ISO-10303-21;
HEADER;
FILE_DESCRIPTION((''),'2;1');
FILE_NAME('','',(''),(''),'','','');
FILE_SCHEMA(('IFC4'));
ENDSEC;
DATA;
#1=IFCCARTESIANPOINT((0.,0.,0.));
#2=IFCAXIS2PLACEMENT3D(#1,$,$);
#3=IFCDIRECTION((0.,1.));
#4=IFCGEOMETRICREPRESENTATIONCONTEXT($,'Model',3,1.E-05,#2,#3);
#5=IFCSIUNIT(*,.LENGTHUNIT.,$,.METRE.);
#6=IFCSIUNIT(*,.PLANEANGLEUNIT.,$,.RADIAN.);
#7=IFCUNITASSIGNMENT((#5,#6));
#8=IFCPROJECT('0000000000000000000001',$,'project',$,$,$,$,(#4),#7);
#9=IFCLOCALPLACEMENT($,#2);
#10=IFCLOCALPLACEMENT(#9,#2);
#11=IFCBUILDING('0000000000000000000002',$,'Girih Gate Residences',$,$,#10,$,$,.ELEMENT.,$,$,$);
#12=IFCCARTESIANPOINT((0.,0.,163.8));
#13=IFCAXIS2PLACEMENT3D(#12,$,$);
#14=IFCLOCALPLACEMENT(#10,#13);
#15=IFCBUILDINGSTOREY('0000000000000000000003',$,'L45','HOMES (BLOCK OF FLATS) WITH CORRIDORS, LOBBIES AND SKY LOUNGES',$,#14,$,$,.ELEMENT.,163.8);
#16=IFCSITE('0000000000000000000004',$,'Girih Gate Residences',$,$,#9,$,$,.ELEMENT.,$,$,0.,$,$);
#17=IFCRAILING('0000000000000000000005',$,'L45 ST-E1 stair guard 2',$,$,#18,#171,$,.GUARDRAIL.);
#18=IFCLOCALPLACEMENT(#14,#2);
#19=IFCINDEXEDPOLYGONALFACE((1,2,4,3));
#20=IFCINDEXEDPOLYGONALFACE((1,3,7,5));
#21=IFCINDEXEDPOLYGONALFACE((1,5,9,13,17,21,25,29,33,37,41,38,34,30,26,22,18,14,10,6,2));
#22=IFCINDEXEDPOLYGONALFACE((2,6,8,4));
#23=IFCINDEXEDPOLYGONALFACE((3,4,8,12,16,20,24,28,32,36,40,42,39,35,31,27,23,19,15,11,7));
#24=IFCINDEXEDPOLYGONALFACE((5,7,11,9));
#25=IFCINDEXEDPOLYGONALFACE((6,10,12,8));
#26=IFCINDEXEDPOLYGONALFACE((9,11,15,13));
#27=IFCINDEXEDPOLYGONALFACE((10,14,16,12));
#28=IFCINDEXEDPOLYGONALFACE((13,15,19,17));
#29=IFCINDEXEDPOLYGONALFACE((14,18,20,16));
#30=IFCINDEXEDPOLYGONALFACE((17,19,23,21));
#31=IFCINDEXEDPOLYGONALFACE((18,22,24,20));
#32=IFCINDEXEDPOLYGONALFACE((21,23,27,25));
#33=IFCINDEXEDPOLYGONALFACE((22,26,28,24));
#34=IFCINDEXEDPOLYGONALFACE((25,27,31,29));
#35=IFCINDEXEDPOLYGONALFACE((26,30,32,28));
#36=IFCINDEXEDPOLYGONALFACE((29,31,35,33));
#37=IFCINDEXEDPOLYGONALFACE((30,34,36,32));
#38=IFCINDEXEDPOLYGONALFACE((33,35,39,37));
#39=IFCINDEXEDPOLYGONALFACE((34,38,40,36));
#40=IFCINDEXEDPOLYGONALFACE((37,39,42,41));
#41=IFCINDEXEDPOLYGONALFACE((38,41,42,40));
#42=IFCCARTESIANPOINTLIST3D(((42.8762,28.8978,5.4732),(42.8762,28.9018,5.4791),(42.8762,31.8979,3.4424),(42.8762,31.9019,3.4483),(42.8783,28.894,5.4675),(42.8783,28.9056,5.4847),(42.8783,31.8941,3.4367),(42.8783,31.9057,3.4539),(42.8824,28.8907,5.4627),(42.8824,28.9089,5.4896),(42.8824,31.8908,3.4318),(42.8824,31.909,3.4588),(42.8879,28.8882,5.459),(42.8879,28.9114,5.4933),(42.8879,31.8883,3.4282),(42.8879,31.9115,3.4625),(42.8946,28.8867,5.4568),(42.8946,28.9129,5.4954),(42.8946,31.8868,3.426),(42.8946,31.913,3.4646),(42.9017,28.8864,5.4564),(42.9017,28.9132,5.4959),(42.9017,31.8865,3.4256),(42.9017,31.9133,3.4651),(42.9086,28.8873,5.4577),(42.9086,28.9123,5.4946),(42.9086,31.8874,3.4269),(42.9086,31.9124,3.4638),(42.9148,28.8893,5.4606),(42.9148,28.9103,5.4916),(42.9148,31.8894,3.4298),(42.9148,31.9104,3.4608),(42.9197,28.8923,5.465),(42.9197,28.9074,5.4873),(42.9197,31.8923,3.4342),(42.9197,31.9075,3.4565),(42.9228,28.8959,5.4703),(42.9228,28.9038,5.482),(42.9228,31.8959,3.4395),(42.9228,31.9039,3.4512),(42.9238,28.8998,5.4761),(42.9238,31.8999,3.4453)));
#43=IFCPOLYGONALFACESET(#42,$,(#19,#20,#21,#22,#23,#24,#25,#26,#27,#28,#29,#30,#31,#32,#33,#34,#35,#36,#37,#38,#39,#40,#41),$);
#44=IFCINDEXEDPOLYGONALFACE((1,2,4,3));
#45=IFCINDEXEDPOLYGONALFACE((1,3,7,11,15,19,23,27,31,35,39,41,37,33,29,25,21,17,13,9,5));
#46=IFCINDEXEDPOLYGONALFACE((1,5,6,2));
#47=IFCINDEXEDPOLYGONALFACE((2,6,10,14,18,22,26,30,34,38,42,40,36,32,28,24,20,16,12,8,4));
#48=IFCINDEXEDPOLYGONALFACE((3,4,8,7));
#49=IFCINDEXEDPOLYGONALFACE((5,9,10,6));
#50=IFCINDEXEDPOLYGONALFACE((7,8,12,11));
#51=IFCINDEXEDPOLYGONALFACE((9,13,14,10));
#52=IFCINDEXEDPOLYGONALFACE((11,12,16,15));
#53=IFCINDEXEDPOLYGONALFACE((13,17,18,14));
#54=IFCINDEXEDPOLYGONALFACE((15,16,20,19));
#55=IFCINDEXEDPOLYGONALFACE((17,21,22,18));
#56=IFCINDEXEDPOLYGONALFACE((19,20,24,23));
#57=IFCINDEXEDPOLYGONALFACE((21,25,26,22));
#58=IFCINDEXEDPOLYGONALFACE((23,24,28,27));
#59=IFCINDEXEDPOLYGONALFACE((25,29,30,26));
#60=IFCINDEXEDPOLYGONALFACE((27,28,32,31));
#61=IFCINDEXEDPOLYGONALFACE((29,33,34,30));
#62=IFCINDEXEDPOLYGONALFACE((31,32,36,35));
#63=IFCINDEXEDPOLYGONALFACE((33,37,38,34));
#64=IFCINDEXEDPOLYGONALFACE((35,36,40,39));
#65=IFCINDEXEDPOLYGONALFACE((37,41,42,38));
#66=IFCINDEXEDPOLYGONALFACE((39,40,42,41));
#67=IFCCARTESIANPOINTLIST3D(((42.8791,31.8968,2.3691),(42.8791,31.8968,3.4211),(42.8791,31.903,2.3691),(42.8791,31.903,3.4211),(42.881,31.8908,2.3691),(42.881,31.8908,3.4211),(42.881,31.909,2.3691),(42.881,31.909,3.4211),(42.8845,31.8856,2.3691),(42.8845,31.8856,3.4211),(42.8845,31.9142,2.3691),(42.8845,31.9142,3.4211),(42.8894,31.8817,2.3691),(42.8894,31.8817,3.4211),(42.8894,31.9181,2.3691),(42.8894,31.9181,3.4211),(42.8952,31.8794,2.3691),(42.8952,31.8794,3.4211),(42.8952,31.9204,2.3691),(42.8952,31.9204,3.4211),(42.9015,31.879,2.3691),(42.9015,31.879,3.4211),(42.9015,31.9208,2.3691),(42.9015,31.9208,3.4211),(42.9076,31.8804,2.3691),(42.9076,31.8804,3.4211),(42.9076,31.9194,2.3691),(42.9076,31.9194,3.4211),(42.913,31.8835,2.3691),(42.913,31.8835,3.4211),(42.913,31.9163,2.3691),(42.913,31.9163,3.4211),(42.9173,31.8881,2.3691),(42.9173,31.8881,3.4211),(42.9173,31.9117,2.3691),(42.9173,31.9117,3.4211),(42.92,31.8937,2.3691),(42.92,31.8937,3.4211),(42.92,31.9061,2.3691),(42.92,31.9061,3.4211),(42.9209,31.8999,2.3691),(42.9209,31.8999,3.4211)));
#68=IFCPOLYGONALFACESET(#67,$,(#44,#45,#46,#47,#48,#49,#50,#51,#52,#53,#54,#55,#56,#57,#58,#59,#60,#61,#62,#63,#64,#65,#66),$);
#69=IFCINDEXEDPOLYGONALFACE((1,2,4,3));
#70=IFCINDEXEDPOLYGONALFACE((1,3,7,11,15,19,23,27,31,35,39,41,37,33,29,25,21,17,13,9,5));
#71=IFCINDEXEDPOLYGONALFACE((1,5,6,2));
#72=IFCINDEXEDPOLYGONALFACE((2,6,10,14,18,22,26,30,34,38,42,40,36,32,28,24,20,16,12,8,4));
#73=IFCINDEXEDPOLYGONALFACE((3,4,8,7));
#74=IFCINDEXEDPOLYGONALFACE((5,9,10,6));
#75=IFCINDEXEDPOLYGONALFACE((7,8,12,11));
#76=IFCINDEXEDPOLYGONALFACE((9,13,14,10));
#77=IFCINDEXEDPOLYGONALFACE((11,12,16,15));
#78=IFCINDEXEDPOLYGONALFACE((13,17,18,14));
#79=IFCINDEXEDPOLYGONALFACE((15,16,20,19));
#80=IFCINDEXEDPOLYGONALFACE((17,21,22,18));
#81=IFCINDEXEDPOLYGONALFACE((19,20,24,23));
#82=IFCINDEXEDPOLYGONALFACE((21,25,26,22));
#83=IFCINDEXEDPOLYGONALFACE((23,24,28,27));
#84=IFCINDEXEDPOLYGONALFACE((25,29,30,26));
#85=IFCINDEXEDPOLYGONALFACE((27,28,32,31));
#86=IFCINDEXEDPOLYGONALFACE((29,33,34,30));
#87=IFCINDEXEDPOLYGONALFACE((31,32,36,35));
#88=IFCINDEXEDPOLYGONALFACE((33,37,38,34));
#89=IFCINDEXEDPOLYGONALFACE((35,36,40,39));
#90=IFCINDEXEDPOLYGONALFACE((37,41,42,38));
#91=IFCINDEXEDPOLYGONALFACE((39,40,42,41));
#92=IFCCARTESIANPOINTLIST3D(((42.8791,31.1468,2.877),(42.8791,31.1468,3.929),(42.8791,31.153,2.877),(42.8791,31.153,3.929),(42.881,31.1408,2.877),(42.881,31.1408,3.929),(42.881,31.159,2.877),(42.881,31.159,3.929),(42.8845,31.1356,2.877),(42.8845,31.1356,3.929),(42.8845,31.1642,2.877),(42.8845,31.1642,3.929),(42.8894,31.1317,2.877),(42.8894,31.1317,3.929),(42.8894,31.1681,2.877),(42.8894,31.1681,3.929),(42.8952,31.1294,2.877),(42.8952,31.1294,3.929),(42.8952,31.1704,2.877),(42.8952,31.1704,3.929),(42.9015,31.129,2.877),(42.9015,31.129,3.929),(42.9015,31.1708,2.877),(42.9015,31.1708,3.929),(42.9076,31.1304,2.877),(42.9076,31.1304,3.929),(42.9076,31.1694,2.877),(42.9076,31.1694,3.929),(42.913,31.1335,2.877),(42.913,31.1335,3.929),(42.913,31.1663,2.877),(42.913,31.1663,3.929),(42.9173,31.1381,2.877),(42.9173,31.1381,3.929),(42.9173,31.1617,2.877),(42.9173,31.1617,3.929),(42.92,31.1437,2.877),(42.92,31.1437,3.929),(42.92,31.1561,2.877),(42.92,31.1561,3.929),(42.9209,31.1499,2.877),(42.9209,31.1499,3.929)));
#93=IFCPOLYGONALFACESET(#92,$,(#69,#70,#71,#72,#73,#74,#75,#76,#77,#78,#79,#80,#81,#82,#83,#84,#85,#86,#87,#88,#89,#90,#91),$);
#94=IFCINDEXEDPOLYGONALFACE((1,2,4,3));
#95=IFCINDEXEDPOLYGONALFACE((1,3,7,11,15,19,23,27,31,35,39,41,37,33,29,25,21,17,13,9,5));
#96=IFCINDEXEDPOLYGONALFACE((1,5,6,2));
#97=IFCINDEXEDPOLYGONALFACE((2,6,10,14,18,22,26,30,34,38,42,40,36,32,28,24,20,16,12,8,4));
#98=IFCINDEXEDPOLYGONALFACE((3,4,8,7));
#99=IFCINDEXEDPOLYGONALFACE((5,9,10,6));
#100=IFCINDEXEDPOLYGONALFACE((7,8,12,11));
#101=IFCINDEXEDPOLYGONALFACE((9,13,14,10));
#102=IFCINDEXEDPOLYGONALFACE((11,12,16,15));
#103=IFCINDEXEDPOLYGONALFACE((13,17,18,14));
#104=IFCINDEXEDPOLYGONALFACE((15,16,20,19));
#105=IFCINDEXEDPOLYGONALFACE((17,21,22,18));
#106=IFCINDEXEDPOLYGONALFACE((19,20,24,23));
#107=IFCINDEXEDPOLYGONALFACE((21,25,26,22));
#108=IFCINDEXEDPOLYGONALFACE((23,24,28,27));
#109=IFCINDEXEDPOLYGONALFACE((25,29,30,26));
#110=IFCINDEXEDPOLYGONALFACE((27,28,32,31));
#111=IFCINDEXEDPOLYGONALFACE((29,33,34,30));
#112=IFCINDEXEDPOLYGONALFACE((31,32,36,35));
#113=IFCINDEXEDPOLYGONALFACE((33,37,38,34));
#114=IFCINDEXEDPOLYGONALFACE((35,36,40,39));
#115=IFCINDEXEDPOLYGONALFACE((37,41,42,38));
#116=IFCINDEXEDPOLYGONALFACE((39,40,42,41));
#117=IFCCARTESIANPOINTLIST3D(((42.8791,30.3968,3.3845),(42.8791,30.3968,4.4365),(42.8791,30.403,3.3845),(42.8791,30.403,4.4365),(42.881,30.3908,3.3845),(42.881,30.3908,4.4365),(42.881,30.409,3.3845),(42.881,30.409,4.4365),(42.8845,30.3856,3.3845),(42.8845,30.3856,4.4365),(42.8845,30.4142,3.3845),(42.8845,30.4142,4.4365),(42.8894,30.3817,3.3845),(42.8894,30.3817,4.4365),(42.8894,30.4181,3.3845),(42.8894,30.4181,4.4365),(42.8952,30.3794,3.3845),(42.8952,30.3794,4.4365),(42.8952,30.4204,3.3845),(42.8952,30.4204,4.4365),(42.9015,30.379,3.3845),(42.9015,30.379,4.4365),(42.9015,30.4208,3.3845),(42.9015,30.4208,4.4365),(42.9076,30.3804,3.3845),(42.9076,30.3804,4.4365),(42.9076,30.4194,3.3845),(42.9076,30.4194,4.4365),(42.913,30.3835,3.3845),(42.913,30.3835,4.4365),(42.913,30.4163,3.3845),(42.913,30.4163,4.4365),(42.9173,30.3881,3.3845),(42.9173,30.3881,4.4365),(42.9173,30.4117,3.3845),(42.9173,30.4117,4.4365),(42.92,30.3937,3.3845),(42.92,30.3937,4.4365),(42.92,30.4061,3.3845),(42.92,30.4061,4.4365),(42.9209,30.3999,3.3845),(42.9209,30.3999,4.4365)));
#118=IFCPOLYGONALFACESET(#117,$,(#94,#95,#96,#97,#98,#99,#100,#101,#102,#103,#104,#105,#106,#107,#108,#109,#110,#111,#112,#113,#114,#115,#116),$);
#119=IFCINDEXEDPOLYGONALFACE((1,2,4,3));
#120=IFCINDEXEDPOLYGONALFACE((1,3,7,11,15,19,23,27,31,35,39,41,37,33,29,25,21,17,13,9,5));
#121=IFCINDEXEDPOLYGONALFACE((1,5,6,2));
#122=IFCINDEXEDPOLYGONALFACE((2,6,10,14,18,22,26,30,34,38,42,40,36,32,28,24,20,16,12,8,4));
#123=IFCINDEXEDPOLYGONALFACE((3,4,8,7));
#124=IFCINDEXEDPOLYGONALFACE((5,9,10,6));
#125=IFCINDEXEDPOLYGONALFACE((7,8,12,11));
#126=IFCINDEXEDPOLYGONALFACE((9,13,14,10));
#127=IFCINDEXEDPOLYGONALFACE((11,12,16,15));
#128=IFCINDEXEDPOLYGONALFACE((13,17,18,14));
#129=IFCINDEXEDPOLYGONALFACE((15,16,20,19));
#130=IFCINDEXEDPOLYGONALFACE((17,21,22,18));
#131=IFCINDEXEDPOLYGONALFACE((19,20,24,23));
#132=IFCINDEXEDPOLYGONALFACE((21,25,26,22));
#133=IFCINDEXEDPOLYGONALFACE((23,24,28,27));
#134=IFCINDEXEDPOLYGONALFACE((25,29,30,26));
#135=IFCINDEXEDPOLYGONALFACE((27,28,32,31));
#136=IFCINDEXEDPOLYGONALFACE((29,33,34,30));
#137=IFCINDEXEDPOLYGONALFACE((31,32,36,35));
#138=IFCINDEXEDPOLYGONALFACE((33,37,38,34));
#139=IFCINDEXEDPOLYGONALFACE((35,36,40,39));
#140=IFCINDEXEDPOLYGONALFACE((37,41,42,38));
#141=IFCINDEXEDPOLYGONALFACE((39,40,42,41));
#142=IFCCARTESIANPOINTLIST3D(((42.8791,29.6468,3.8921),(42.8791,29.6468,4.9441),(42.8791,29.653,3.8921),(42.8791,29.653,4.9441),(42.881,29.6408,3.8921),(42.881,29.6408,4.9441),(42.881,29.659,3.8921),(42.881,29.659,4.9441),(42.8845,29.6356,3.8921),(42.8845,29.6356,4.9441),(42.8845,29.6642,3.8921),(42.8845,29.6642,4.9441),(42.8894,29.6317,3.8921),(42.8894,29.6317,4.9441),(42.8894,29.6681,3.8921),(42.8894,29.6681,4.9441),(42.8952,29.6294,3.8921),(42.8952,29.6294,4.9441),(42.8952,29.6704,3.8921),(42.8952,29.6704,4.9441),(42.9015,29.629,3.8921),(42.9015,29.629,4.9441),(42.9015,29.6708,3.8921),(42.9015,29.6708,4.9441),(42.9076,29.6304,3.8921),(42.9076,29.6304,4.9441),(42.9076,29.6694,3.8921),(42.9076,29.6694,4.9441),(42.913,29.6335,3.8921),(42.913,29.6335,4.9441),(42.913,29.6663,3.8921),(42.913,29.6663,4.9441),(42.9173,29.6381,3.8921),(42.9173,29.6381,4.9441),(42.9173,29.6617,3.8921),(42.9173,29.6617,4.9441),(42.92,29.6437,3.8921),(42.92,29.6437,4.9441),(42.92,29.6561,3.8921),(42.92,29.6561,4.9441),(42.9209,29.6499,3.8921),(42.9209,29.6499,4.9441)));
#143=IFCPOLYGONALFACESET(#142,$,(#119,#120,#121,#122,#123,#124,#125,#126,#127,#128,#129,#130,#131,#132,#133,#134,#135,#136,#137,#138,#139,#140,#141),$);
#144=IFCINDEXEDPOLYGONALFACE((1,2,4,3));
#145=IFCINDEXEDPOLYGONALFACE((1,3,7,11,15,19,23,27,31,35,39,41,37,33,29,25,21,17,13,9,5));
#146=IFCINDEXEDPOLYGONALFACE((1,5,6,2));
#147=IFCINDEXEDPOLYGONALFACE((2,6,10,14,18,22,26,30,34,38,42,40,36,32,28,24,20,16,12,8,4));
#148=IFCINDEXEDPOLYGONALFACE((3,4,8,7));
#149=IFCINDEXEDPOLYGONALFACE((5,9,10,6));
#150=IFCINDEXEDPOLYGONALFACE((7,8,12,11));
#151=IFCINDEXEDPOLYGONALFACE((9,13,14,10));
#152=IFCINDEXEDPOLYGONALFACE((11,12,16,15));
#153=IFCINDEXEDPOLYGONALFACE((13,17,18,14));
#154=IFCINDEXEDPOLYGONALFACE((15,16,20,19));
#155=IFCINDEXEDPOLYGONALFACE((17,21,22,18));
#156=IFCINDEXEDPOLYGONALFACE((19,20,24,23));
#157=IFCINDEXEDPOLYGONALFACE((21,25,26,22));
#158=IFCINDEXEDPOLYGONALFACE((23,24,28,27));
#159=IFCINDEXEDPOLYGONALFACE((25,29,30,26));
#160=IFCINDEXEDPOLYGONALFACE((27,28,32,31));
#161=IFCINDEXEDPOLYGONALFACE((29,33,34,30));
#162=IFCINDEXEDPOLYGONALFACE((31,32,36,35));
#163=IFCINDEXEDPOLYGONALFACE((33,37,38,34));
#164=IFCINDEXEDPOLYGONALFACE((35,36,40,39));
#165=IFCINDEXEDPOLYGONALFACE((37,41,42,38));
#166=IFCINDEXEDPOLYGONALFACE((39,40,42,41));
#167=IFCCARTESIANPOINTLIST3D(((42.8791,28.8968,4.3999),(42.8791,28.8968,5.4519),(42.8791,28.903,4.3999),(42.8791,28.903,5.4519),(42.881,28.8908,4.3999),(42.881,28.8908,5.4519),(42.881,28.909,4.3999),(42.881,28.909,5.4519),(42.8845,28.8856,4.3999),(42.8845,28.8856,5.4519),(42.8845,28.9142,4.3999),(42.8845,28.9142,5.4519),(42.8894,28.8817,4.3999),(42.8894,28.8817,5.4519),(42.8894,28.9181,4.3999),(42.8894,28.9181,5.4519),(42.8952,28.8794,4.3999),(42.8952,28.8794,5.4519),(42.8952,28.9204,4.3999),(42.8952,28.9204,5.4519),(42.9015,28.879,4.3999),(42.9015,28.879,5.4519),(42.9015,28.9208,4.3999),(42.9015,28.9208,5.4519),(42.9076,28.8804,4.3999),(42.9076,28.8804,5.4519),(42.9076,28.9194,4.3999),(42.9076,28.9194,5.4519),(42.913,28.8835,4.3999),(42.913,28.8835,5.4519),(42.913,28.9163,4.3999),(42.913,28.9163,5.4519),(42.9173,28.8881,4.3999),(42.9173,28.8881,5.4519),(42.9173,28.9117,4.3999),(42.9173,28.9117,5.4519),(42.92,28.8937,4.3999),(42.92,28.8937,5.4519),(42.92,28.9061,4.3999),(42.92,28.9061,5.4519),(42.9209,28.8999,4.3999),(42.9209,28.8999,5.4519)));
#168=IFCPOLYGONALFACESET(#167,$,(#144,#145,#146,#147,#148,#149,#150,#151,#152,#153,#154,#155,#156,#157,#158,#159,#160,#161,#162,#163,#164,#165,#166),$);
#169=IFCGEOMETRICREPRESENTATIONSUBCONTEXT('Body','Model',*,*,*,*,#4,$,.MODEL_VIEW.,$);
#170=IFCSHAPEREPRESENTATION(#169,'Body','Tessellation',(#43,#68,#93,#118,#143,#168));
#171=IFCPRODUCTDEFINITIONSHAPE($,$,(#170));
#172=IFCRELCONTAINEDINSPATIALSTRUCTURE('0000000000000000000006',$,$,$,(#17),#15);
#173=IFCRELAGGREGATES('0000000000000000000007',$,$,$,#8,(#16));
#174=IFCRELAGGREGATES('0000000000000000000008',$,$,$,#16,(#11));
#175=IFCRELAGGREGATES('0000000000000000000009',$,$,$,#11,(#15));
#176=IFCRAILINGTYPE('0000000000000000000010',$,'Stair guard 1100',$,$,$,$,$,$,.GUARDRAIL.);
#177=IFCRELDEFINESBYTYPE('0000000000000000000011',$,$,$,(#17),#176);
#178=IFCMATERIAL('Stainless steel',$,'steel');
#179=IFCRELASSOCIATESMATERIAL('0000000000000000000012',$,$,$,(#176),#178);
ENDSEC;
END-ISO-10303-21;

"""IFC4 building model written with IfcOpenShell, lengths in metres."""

from ifc_helpers import new_model, si_unit, direction, frame, origin, origin_2d, place, context, subcontext, project, spatial, circle, extrude, material, type_object, element, save


model = new_model("IFC4")

# Units and contexts
model_context = context("Model", 3, precision=1e-05, world=origin(), true_north=direction((0.0, 1.0)))
body_context = subcontext(model_context, "Body", "Model", "MODEL_VIEW")
ifc_project = project(units=[si_unit("LENGTHUNIT", "METRE"), si_unit("PLANEANGLEUNIT", "RADIAN")], contexts=[model_context])

# Site, building, storey
site_placement = place(None, origin())
site = spatial("IfcSite", under=ifc_project, at=site_placement, Name="Girih Gate Residences", CompositionType="ELEMENT", RefElevation=0.0)
building_placement = place(site_placement, origin())
building = spatial("IfcBuilding", under=site, at=building_placement, Name="Girih Gate Residences", CompositionType="ELEMENT")
storey_placement = place(building_placement, frame((0.0, 0.0, 163.8)))
storey = spatial("IfcBuildingStorey", under=building, at=storey_placement, Name="L45", Description="HOMES (BLOCK OF FLATS) WITH CORRIDORS, LOBBIES AND SKY LOUNGES", CompositionType="ELEMENT", Elevation=163.8)

# Railing
ifc_material_1 = material(Name="Stainless steel", Category="steel")
railing_type_1 = type_object("IfcRailingType", Name="Stair guard 1100", PredefinedType="GUARDRAIL", material=ifc_material_1)
railing_1_placement = place(storey_placement, frame((42.8999, 31.8999, 2.3691)))
element("IfcRailing", 1, at=railing_1_placement, inside=storey, type_object=railing_type_1, Name="L45 ST-E1 stair guard 2", PredefinedType="GUARDRAIL", context=body_context, shape_type="SweptSolid", body=[
    extrude(circle(Radius=0.0239, at=origin_2d()), frame((0.0, 0.0, 1.0762), z_axis=(0.0, -0.82811, 0.560565), x_axis=(1.0, 0.0, 0.0)), (0.0, 0.0, 1.0), 3.6228),
    extrude(circle(Radius=0.021, at=origin_2d()), origin(), (0.0, 0.0, 1.0), 1.052),
    extrude(circle(Radius=0.021, at=origin_2d()), frame((0.0, -0.75, 0.5078)), (0.0, 0.0, 1.0), 1.052),
    extrude(circle(Radius=0.021, at=origin_2d()), frame((0.0, -1.5, 1.0154)), (0.0, 0.0, 1.0), 1.052),
    extrude(circle(Radius=0.021, at=origin_2d()), frame((0.0, -2.25, 1.5229)), (0.0, 0.0, 1.0), 1.052),
    extrude(circle(Radius=0.021, at=origin_2d()), frame((0.0, -3.0, 2.0308)), (0.0, 0.0, 1.0), 1.052),
])

save(model, "model.ifc")
